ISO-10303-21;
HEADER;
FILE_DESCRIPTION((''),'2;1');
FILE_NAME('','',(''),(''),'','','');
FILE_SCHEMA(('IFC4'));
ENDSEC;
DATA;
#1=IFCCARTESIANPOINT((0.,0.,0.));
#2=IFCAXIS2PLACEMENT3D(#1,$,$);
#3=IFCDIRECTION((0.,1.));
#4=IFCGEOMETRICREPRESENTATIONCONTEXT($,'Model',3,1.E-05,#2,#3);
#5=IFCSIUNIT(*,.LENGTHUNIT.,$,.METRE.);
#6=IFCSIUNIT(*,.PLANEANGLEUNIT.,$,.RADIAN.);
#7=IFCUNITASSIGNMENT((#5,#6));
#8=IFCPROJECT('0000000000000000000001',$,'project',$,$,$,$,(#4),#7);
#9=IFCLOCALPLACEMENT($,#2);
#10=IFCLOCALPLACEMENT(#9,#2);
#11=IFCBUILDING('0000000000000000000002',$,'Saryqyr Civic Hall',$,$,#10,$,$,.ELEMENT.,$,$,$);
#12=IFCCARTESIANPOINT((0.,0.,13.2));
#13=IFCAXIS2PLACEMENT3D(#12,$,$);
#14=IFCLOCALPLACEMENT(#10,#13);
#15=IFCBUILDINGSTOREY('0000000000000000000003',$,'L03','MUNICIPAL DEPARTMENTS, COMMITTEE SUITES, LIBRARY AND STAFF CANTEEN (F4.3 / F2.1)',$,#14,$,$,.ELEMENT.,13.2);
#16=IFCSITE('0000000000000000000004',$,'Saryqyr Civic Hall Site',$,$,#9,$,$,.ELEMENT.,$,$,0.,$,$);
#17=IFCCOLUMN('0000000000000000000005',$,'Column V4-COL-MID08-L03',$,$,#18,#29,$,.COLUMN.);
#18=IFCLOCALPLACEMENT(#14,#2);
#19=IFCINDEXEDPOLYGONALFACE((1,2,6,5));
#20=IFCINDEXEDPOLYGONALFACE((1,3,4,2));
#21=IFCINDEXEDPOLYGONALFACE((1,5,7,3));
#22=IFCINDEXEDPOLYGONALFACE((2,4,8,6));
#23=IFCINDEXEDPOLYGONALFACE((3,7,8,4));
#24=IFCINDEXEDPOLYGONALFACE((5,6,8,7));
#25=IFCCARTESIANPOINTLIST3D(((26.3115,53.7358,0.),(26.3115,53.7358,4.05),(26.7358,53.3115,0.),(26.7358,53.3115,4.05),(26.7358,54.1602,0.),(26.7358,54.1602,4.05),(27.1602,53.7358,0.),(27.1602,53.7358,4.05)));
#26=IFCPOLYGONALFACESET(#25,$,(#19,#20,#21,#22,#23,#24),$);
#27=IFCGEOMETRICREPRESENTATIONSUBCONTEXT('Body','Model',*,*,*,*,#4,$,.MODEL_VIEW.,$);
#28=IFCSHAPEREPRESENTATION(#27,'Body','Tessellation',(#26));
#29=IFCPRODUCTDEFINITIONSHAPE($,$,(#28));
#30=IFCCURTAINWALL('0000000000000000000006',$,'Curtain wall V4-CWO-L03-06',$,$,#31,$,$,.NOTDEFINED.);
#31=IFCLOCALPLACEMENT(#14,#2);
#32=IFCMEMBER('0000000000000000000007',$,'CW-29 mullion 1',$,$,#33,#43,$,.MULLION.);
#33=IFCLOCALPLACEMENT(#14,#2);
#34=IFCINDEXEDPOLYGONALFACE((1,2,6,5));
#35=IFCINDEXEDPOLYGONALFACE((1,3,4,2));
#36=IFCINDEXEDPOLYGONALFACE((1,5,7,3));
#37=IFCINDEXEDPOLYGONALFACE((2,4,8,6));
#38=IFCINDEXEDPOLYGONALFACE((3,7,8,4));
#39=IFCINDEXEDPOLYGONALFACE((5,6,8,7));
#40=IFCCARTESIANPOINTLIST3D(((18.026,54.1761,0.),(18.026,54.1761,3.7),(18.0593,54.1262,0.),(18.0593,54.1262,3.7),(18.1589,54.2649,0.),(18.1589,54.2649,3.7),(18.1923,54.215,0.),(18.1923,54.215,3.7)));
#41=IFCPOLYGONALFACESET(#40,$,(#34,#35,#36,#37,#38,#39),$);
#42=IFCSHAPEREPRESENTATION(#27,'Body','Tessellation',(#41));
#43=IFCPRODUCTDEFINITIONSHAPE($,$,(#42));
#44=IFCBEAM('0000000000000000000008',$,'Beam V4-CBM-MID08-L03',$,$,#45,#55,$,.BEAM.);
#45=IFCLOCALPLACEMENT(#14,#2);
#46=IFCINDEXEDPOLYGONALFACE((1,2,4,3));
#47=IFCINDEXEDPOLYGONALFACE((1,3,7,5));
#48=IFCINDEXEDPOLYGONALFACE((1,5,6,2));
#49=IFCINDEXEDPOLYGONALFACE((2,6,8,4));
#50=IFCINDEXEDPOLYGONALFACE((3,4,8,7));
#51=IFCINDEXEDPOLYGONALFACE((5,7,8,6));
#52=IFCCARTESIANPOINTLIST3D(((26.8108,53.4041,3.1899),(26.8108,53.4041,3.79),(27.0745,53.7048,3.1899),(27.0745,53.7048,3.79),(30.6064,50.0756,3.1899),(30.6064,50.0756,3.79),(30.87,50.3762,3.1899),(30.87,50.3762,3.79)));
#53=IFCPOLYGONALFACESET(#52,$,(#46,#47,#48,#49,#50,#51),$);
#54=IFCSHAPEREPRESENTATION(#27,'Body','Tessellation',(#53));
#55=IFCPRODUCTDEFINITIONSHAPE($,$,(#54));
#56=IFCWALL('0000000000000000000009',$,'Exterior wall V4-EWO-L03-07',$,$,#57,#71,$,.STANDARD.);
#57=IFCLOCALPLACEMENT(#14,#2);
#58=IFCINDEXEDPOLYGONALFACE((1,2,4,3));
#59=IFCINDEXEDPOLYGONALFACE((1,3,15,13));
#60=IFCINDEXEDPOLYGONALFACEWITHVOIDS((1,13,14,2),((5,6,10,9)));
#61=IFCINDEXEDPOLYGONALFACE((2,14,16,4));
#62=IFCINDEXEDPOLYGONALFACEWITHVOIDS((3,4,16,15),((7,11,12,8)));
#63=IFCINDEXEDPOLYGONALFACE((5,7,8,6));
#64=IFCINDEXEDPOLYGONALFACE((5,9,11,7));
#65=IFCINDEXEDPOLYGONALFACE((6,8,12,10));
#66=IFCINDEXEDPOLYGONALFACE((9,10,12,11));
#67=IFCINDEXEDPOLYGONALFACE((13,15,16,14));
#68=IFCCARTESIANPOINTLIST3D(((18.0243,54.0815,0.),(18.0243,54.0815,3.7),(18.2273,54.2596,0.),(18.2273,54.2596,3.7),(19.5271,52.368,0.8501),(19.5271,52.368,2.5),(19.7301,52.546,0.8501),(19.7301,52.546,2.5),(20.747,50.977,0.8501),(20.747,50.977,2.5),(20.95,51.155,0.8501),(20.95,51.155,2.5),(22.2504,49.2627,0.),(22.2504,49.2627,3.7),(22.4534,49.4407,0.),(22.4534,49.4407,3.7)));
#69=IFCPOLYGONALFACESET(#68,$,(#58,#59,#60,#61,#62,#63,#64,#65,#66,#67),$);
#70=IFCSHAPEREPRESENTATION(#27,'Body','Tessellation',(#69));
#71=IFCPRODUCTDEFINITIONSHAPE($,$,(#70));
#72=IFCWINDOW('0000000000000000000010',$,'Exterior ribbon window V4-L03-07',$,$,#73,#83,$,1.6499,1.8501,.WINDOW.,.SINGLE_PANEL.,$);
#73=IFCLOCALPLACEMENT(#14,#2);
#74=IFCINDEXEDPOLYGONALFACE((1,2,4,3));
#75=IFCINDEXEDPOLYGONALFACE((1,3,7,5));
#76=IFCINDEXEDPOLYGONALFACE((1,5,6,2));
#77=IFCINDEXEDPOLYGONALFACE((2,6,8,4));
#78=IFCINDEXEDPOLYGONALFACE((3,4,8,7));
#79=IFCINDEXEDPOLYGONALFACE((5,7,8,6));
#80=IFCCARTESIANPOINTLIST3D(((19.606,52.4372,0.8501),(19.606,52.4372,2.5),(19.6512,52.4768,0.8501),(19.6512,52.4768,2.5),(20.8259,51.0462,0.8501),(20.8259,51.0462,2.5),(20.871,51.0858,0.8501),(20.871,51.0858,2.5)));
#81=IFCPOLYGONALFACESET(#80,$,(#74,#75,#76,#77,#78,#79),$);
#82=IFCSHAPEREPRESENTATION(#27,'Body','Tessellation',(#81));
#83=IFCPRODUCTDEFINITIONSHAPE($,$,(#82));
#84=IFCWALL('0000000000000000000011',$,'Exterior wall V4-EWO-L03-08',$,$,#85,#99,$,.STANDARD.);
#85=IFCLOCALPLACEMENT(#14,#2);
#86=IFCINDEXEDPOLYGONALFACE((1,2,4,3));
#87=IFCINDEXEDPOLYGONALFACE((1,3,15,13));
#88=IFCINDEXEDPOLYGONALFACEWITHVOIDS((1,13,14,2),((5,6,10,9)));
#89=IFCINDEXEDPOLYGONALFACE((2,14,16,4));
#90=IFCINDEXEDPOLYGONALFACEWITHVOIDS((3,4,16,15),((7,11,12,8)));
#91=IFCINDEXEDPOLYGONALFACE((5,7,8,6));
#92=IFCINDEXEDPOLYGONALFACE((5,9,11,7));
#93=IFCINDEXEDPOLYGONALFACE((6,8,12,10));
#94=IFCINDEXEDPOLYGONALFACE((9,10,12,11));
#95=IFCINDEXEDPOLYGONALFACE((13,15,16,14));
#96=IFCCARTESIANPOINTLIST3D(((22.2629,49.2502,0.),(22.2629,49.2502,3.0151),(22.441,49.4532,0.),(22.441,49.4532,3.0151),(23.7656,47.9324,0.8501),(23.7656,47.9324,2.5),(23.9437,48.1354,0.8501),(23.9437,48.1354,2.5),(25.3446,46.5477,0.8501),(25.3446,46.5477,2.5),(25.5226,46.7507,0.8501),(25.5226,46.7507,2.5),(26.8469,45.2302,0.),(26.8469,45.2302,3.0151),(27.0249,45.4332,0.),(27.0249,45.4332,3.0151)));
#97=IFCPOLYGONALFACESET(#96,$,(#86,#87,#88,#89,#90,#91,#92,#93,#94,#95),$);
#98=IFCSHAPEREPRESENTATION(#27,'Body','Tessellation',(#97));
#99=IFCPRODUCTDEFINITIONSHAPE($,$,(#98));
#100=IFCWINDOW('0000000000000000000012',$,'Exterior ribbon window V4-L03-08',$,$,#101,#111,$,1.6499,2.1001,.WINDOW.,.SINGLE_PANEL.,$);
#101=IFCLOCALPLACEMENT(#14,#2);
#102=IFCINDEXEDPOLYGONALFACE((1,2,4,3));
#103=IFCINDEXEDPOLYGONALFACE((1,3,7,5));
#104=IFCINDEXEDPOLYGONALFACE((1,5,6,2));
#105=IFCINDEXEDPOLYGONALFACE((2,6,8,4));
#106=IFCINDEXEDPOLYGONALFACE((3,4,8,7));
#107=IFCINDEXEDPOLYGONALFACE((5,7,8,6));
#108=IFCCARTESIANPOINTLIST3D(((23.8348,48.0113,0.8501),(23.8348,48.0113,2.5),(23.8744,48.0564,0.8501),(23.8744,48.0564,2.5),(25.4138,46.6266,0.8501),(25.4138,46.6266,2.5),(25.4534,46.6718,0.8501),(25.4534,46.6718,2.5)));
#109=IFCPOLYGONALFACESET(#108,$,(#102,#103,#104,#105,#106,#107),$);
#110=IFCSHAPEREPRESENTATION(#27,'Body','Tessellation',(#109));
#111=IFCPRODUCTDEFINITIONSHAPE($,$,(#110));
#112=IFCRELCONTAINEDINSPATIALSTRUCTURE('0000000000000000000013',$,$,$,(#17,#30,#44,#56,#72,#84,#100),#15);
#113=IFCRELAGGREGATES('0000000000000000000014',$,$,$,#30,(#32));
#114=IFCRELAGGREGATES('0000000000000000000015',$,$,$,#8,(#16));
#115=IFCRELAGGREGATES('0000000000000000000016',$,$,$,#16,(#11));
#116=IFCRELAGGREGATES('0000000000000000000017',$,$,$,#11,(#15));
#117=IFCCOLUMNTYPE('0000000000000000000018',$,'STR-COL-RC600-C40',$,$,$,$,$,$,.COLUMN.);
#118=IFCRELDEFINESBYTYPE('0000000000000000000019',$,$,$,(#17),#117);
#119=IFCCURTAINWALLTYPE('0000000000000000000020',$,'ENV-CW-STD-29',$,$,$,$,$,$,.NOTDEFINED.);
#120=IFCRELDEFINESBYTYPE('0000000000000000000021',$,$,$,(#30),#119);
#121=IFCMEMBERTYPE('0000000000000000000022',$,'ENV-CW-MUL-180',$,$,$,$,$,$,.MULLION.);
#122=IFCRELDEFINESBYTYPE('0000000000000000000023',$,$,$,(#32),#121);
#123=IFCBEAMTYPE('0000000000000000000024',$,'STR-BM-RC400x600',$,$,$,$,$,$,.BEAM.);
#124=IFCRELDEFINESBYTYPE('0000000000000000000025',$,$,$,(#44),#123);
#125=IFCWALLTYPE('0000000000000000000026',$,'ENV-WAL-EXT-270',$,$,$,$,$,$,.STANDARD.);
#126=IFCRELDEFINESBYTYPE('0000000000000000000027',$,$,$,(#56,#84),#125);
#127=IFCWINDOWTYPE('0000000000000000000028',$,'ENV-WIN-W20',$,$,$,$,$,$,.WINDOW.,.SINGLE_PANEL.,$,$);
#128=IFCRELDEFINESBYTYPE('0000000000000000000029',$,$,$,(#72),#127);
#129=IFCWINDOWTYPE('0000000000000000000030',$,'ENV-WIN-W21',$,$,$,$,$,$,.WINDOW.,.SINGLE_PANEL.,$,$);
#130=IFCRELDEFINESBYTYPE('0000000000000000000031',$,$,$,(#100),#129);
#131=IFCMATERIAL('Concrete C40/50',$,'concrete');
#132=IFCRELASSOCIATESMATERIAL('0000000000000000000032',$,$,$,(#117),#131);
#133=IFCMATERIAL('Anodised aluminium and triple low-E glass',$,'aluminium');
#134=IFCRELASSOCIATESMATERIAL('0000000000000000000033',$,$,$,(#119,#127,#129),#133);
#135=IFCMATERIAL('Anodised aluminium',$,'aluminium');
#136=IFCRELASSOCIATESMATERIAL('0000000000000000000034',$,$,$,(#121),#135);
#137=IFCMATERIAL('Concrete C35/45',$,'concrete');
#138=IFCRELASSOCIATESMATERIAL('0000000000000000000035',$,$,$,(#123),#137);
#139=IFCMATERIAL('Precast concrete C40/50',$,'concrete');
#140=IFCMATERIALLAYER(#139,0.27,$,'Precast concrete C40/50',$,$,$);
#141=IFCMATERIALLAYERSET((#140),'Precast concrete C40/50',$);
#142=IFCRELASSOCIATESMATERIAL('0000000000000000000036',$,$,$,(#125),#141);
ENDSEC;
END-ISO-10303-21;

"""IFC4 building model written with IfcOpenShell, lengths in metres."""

from ifc_helpers import new_model, si_unit, direction, frame, frame_2d, origin, origin_2d, place, context, subcontext, project, spatial, rectangle, extrude, material, layer, layer_set, material_profile, profile_set, type_object, element, fill, aggregate, save


model = new_model("IFC4")

# Units and contexts
model_context = context("Model", 3, precision=1e-05, world=origin(), true_north=direction((0.0, 1.0)))
body_context = subcontext(model_context, "Body", "Model", "MODEL_VIEW")
ifc_project = project(units=[si_unit("LENGTHUNIT", "METRE"), si_unit("PLANEANGLEUNIT", "RADIAN")], contexts=[model_context])

# Site, building, storey
site_placement = place(None, origin())
site = spatial("IfcSite", under=ifc_project, at=site_placement, Name="Saryqyr Civic Hall Site", CompositionType="ELEMENT", RefElevation=0.0)
building_placement = place(site_placement, origin())
building = spatial("IfcBuilding", under=site, at=building_placement, Name="Saryqyr Civic Hall", CompositionType="ELEMENT")
storey_placement = place(building_placement, frame((0.0, 0.0, 13.2)))
storey = spatial("IfcBuildingStorey", under=building, at=storey_placement, Name="L03", Description="MUNICIPAL DEPARTMENTS, COMMITTEE SUITES, LIBRARY AND STAFF CANTEEN (F4.3 / F2.1)", CompositionType="ELEMENT", Elevation=13.2)

# Column
ifc_material_1 = material(Name="Concrete C40/50", Category="concrete")
ifc_material_profile_1 = material_profile(ifc_material_1, rectangle(XDim=0.6001, YDim=0.6001, at=origin_2d()), Name="RC 600x600")
ifc_profile_set_1 = profile_set([ifc_material_profile_1], Name="Concrete C40/50")
column_type = type_object("IfcColumnType", Name="STR-COL-RC600-C40", PredefinedType="COLUMN", material=ifc_profile_set_1)
column_placement = place(storey_placement, frame((26.7358, 53.7358, 0.0), z_axis=(0.0, 0.0, 1.0), x_axis=(-0.707107, -0.707107, 0.0)))
element("IfcColumn", 1, at=column_placement, inside=storey, type_object=column_type, Name="Column V4-COL-MID08-L03", PredefinedType="COLUMN", context=body_context, shape_type="SweptSolid", body=[
    extrude(rectangle(XDim=0.6001, YDim=0.6001, at=origin_2d()), origin(), (0.0, 0.0, 1.0), 4.05),
])

# Curtain wall, member
ifc_material_2 = material(Name="Anodised aluminium and triple low-E glass", Category="aluminium")
curtain_wall_type = type_object("IfcCurtainWallType", Name="ENV-CW-STD-29", PredefinedType="NOTDEFINED", material=ifc_material_2)
curtain_wall_placement = place(storey_placement, origin())
curtain_wall = element("IfcCurtainWall", 2, at=curtain_wall_placement, inside=storey, type_object=curtain_wall_type, Name="Curtain wall V4-CWO-L03-06", PredefinedType="NOTDEFINED")
ifc_material_3 = material(Name="Anodised aluminium", Category="aluminium")
ifc_material_profile_2 = material_profile(ifc_material_3, rectangle(XDim=0.0601, YDim=0.1599, at=origin_2d()), Name="ALU MULLION 60x160")
ifc_profile_set_2 = profile_set([ifc_material_profile_2], Name="Anodised aluminium")
member_type = type_object("IfcMemberType", Name="ENV-CW-MUL-180", PredefinedType="MULLION", material=ifc_profile_set_2)
member_placement = place(storey_placement, frame((18.1091, 54.1956, 0.0), z_axis=(0.0, 0.0, 1.0), x_axis=(-0.555565, 0.831473, 0.0)))
member = element("IfcMember", 3, at=member_placement, type_object=member_type, Name="CW-29 mullion 1", PredefinedType="MULLION", context=body_context, shape_type="SweptSolid", body=[
    extrude(rectangle(XDim=0.0601, YDim=0.1599, at=origin_2d()), origin(), (0.0, 0.0, 1.0), 3.7),
])
aggregate(curtain_wall, [member])

# Beam
ifc_material_4 = material(Name="Concrete C35/45", Category="concrete")
ifc_material_profile_3 = material_profile(ifc_material_4, rectangle(XDim=0.3999, YDim=0.6001, at=origin_2d()), Name="RC 400x600")
ifc_profile_set_3 = profile_set([ifc_material_profile_3], Name="Concrete C35/45")
beam_type = type_object("IfcBeamType", Name="STR-BM-RC400x600", PredefinedType="BEAM", material=ifc_profile_set_3)
beam_placement = place(storey_placement, frame((26.9426, 53.5544, 3.49), z_axis=(0.751848, -0.659336, 0.0), x_axis=(0.659336, 0.751848, 0.0)))
element("IfcBeam", 4, at=beam_placement, inside=storey, type_object=beam_type, Name="Beam V4-CBM-MID08-L03", PredefinedType="BEAM", context=body_context, shape_type="SweptSolid", body=[
    extrude(rectangle(XDim=0.3999, YDim=0.6001, at=origin_2d()), origin(), (0.0, 0.0, 1.0), 5.0483),
])

# Walls, openings, windows
ifc_material_5 = material(Name="Precast concrete C40/50", Category="concrete")
ifc_layer_1 = layer(ifc_material_5, 0.27, Name="Precast concrete C40/50")
ifc_layer_set_1 = layer_set([ifc_layer_1], Name="Precast concrete C40/50")
wall_type = type_object("IfcWallType", Name="ENV-WAL-EXT-270", PredefinedType="STANDARD", material=ifc_layer_set_1)
wall_1_placement = place(storey_placement, frame((22.3518, 49.3518, 0.0), z_axis=(0.0, 0.0, 1.0), x_axis=(-0.659351, 0.751835, 0.0)))
wall_1 = element("IfcWall", 5, at=wall_1_placement, inside=storey, type_object=wall_type, Name="Exterior wall V4-EWO-L03-07", PredefinedType="STANDARD", context=body_context, shape_type="SweptSolid", body=[
    extrude(rectangle(XDim=6.4094, YDim=0.27, at=frame_2d((3.2046, 0.0))), origin(), (0.0, 0.0, 1.0), 3.7),
])
opening_1_placement = place(wall_1_placement, frame((2.28, 0.0, 0.8501)))
opening_1 = element("IfcOpeningElement", 6, at=opening_1_placement, cuts=wall_1, PredefinedType="OPENING", context=body_context, shape_type="SweptSolid", body=[
    extrude(rectangle(XDim=1.8501, YDim=1.6499, at=frame_2d((0.925, 0.825))), frame((0.0, 0.145, 0.0), z_axis=(0.0, -1.0, 0.0), x_axis=(1.0, 0.0, 0.0)), (0.0, 0.0, 1.0), 0.29),
])
window_type_1 = type_object("IfcWindowType", Name="ENV-WIN-W20", PartitioningType="SINGLE_PANEL", PredefinedType="WINDOW", material=ifc_material_2)
window_1_placement = place(opening_1_placement, origin())
window_1 = element("IfcWindow", 7, at=window_1_placement, inside=storey, type_object=window_type_1, Name="Exterior ribbon window V4-L03-07", OverallHeight=1.6499, OverallWidth=1.8501, PartitioningType="SINGLE_PANEL", PredefinedType="WINDOW", context=body_context, shape_type="SweptSolid", body=[
    extrude(rectangle(XDim=1.8501, YDim=1.6499, at=frame_2d((0.925, 0.825))), frame((0.0, 0.03, 0.0), z_axis=(0.0, -1.0, 0.0), x_axis=(1.0, 0.0, 0.0)), (0.0, 0.0, 1.0), 0.0601),
])
fill(opening_1, window_1)
wall_2_placement = place(storey_placement, frame((26.9358, 45.3318, 0.0), z_axis=(0.0, 0.0, 1.0), x_axis=(-0.751842, 0.659343, 0.0)))
wall_2 = element("IfcWall", 8, at=wall_2_placement, inside=storey, type_object=wall_type, Name="Exterior wall V4-EWO-L03-08", PredefinedType="STANDARD", context=body_context, shape_type="SweptSolid", body=[
    extrude(rectangle(XDim=6.0969, YDim=0.27, at=frame_2d((3.0483, 0.0))), origin(), (0.0, 0.0, 1.0), 3.0151),
])
opening_2_placement = place(wall_2_placement, frame((1.998, 0.0, 0.8501)))
opening_2 = element("IfcOpeningElement", 9, at=opening_2_placement, cuts=wall_2, PredefinedType="OPENING", context=body_context, shape_type="SweptSolid", body=[
    extrude(rectangle(XDim=2.1001, YDim=1.6499, at=frame_2d((1.05, 0.825))), frame((0.0, 0.145, 0.0), z_axis=(0.0, -1.0, 0.0), x_axis=(1.0, 0.0, 0.0)), (0.0, 0.0, 1.0), 0.29),
])
window_type_2 = type_object("IfcWindowType", Name="ENV-WIN-W21", PartitioningType="SINGLE_PANEL", PredefinedType="WINDOW", material=ifc_material_2)
window_2_placement = place(opening_2_placement, origin())
window_2 = element("IfcWindow", 10, at=window_2_placement, inside=storey, type_object=window_type_2, Name="Exterior ribbon window V4-L03-08", OverallHeight=1.6499, OverallWidth=2.1001, PartitioningType="SINGLE_PANEL", PredefinedType="WINDOW", context=body_context, shape_type="SweptSolid", body=[
    extrude(rectangle(XDim=2.1001, YDim=1.6499, at=frame_2d((1.05, 0.825))), frame((0.0, 0.03, 0.0), z_axis=(0.0, -1.0, 0.0), x_axis=(1.0, 0.0, 0.0)), (0.0, 0.0, 1.0), 0.0601),
])
fill(opening_2, window_2)

save(model, "model.ifc")
